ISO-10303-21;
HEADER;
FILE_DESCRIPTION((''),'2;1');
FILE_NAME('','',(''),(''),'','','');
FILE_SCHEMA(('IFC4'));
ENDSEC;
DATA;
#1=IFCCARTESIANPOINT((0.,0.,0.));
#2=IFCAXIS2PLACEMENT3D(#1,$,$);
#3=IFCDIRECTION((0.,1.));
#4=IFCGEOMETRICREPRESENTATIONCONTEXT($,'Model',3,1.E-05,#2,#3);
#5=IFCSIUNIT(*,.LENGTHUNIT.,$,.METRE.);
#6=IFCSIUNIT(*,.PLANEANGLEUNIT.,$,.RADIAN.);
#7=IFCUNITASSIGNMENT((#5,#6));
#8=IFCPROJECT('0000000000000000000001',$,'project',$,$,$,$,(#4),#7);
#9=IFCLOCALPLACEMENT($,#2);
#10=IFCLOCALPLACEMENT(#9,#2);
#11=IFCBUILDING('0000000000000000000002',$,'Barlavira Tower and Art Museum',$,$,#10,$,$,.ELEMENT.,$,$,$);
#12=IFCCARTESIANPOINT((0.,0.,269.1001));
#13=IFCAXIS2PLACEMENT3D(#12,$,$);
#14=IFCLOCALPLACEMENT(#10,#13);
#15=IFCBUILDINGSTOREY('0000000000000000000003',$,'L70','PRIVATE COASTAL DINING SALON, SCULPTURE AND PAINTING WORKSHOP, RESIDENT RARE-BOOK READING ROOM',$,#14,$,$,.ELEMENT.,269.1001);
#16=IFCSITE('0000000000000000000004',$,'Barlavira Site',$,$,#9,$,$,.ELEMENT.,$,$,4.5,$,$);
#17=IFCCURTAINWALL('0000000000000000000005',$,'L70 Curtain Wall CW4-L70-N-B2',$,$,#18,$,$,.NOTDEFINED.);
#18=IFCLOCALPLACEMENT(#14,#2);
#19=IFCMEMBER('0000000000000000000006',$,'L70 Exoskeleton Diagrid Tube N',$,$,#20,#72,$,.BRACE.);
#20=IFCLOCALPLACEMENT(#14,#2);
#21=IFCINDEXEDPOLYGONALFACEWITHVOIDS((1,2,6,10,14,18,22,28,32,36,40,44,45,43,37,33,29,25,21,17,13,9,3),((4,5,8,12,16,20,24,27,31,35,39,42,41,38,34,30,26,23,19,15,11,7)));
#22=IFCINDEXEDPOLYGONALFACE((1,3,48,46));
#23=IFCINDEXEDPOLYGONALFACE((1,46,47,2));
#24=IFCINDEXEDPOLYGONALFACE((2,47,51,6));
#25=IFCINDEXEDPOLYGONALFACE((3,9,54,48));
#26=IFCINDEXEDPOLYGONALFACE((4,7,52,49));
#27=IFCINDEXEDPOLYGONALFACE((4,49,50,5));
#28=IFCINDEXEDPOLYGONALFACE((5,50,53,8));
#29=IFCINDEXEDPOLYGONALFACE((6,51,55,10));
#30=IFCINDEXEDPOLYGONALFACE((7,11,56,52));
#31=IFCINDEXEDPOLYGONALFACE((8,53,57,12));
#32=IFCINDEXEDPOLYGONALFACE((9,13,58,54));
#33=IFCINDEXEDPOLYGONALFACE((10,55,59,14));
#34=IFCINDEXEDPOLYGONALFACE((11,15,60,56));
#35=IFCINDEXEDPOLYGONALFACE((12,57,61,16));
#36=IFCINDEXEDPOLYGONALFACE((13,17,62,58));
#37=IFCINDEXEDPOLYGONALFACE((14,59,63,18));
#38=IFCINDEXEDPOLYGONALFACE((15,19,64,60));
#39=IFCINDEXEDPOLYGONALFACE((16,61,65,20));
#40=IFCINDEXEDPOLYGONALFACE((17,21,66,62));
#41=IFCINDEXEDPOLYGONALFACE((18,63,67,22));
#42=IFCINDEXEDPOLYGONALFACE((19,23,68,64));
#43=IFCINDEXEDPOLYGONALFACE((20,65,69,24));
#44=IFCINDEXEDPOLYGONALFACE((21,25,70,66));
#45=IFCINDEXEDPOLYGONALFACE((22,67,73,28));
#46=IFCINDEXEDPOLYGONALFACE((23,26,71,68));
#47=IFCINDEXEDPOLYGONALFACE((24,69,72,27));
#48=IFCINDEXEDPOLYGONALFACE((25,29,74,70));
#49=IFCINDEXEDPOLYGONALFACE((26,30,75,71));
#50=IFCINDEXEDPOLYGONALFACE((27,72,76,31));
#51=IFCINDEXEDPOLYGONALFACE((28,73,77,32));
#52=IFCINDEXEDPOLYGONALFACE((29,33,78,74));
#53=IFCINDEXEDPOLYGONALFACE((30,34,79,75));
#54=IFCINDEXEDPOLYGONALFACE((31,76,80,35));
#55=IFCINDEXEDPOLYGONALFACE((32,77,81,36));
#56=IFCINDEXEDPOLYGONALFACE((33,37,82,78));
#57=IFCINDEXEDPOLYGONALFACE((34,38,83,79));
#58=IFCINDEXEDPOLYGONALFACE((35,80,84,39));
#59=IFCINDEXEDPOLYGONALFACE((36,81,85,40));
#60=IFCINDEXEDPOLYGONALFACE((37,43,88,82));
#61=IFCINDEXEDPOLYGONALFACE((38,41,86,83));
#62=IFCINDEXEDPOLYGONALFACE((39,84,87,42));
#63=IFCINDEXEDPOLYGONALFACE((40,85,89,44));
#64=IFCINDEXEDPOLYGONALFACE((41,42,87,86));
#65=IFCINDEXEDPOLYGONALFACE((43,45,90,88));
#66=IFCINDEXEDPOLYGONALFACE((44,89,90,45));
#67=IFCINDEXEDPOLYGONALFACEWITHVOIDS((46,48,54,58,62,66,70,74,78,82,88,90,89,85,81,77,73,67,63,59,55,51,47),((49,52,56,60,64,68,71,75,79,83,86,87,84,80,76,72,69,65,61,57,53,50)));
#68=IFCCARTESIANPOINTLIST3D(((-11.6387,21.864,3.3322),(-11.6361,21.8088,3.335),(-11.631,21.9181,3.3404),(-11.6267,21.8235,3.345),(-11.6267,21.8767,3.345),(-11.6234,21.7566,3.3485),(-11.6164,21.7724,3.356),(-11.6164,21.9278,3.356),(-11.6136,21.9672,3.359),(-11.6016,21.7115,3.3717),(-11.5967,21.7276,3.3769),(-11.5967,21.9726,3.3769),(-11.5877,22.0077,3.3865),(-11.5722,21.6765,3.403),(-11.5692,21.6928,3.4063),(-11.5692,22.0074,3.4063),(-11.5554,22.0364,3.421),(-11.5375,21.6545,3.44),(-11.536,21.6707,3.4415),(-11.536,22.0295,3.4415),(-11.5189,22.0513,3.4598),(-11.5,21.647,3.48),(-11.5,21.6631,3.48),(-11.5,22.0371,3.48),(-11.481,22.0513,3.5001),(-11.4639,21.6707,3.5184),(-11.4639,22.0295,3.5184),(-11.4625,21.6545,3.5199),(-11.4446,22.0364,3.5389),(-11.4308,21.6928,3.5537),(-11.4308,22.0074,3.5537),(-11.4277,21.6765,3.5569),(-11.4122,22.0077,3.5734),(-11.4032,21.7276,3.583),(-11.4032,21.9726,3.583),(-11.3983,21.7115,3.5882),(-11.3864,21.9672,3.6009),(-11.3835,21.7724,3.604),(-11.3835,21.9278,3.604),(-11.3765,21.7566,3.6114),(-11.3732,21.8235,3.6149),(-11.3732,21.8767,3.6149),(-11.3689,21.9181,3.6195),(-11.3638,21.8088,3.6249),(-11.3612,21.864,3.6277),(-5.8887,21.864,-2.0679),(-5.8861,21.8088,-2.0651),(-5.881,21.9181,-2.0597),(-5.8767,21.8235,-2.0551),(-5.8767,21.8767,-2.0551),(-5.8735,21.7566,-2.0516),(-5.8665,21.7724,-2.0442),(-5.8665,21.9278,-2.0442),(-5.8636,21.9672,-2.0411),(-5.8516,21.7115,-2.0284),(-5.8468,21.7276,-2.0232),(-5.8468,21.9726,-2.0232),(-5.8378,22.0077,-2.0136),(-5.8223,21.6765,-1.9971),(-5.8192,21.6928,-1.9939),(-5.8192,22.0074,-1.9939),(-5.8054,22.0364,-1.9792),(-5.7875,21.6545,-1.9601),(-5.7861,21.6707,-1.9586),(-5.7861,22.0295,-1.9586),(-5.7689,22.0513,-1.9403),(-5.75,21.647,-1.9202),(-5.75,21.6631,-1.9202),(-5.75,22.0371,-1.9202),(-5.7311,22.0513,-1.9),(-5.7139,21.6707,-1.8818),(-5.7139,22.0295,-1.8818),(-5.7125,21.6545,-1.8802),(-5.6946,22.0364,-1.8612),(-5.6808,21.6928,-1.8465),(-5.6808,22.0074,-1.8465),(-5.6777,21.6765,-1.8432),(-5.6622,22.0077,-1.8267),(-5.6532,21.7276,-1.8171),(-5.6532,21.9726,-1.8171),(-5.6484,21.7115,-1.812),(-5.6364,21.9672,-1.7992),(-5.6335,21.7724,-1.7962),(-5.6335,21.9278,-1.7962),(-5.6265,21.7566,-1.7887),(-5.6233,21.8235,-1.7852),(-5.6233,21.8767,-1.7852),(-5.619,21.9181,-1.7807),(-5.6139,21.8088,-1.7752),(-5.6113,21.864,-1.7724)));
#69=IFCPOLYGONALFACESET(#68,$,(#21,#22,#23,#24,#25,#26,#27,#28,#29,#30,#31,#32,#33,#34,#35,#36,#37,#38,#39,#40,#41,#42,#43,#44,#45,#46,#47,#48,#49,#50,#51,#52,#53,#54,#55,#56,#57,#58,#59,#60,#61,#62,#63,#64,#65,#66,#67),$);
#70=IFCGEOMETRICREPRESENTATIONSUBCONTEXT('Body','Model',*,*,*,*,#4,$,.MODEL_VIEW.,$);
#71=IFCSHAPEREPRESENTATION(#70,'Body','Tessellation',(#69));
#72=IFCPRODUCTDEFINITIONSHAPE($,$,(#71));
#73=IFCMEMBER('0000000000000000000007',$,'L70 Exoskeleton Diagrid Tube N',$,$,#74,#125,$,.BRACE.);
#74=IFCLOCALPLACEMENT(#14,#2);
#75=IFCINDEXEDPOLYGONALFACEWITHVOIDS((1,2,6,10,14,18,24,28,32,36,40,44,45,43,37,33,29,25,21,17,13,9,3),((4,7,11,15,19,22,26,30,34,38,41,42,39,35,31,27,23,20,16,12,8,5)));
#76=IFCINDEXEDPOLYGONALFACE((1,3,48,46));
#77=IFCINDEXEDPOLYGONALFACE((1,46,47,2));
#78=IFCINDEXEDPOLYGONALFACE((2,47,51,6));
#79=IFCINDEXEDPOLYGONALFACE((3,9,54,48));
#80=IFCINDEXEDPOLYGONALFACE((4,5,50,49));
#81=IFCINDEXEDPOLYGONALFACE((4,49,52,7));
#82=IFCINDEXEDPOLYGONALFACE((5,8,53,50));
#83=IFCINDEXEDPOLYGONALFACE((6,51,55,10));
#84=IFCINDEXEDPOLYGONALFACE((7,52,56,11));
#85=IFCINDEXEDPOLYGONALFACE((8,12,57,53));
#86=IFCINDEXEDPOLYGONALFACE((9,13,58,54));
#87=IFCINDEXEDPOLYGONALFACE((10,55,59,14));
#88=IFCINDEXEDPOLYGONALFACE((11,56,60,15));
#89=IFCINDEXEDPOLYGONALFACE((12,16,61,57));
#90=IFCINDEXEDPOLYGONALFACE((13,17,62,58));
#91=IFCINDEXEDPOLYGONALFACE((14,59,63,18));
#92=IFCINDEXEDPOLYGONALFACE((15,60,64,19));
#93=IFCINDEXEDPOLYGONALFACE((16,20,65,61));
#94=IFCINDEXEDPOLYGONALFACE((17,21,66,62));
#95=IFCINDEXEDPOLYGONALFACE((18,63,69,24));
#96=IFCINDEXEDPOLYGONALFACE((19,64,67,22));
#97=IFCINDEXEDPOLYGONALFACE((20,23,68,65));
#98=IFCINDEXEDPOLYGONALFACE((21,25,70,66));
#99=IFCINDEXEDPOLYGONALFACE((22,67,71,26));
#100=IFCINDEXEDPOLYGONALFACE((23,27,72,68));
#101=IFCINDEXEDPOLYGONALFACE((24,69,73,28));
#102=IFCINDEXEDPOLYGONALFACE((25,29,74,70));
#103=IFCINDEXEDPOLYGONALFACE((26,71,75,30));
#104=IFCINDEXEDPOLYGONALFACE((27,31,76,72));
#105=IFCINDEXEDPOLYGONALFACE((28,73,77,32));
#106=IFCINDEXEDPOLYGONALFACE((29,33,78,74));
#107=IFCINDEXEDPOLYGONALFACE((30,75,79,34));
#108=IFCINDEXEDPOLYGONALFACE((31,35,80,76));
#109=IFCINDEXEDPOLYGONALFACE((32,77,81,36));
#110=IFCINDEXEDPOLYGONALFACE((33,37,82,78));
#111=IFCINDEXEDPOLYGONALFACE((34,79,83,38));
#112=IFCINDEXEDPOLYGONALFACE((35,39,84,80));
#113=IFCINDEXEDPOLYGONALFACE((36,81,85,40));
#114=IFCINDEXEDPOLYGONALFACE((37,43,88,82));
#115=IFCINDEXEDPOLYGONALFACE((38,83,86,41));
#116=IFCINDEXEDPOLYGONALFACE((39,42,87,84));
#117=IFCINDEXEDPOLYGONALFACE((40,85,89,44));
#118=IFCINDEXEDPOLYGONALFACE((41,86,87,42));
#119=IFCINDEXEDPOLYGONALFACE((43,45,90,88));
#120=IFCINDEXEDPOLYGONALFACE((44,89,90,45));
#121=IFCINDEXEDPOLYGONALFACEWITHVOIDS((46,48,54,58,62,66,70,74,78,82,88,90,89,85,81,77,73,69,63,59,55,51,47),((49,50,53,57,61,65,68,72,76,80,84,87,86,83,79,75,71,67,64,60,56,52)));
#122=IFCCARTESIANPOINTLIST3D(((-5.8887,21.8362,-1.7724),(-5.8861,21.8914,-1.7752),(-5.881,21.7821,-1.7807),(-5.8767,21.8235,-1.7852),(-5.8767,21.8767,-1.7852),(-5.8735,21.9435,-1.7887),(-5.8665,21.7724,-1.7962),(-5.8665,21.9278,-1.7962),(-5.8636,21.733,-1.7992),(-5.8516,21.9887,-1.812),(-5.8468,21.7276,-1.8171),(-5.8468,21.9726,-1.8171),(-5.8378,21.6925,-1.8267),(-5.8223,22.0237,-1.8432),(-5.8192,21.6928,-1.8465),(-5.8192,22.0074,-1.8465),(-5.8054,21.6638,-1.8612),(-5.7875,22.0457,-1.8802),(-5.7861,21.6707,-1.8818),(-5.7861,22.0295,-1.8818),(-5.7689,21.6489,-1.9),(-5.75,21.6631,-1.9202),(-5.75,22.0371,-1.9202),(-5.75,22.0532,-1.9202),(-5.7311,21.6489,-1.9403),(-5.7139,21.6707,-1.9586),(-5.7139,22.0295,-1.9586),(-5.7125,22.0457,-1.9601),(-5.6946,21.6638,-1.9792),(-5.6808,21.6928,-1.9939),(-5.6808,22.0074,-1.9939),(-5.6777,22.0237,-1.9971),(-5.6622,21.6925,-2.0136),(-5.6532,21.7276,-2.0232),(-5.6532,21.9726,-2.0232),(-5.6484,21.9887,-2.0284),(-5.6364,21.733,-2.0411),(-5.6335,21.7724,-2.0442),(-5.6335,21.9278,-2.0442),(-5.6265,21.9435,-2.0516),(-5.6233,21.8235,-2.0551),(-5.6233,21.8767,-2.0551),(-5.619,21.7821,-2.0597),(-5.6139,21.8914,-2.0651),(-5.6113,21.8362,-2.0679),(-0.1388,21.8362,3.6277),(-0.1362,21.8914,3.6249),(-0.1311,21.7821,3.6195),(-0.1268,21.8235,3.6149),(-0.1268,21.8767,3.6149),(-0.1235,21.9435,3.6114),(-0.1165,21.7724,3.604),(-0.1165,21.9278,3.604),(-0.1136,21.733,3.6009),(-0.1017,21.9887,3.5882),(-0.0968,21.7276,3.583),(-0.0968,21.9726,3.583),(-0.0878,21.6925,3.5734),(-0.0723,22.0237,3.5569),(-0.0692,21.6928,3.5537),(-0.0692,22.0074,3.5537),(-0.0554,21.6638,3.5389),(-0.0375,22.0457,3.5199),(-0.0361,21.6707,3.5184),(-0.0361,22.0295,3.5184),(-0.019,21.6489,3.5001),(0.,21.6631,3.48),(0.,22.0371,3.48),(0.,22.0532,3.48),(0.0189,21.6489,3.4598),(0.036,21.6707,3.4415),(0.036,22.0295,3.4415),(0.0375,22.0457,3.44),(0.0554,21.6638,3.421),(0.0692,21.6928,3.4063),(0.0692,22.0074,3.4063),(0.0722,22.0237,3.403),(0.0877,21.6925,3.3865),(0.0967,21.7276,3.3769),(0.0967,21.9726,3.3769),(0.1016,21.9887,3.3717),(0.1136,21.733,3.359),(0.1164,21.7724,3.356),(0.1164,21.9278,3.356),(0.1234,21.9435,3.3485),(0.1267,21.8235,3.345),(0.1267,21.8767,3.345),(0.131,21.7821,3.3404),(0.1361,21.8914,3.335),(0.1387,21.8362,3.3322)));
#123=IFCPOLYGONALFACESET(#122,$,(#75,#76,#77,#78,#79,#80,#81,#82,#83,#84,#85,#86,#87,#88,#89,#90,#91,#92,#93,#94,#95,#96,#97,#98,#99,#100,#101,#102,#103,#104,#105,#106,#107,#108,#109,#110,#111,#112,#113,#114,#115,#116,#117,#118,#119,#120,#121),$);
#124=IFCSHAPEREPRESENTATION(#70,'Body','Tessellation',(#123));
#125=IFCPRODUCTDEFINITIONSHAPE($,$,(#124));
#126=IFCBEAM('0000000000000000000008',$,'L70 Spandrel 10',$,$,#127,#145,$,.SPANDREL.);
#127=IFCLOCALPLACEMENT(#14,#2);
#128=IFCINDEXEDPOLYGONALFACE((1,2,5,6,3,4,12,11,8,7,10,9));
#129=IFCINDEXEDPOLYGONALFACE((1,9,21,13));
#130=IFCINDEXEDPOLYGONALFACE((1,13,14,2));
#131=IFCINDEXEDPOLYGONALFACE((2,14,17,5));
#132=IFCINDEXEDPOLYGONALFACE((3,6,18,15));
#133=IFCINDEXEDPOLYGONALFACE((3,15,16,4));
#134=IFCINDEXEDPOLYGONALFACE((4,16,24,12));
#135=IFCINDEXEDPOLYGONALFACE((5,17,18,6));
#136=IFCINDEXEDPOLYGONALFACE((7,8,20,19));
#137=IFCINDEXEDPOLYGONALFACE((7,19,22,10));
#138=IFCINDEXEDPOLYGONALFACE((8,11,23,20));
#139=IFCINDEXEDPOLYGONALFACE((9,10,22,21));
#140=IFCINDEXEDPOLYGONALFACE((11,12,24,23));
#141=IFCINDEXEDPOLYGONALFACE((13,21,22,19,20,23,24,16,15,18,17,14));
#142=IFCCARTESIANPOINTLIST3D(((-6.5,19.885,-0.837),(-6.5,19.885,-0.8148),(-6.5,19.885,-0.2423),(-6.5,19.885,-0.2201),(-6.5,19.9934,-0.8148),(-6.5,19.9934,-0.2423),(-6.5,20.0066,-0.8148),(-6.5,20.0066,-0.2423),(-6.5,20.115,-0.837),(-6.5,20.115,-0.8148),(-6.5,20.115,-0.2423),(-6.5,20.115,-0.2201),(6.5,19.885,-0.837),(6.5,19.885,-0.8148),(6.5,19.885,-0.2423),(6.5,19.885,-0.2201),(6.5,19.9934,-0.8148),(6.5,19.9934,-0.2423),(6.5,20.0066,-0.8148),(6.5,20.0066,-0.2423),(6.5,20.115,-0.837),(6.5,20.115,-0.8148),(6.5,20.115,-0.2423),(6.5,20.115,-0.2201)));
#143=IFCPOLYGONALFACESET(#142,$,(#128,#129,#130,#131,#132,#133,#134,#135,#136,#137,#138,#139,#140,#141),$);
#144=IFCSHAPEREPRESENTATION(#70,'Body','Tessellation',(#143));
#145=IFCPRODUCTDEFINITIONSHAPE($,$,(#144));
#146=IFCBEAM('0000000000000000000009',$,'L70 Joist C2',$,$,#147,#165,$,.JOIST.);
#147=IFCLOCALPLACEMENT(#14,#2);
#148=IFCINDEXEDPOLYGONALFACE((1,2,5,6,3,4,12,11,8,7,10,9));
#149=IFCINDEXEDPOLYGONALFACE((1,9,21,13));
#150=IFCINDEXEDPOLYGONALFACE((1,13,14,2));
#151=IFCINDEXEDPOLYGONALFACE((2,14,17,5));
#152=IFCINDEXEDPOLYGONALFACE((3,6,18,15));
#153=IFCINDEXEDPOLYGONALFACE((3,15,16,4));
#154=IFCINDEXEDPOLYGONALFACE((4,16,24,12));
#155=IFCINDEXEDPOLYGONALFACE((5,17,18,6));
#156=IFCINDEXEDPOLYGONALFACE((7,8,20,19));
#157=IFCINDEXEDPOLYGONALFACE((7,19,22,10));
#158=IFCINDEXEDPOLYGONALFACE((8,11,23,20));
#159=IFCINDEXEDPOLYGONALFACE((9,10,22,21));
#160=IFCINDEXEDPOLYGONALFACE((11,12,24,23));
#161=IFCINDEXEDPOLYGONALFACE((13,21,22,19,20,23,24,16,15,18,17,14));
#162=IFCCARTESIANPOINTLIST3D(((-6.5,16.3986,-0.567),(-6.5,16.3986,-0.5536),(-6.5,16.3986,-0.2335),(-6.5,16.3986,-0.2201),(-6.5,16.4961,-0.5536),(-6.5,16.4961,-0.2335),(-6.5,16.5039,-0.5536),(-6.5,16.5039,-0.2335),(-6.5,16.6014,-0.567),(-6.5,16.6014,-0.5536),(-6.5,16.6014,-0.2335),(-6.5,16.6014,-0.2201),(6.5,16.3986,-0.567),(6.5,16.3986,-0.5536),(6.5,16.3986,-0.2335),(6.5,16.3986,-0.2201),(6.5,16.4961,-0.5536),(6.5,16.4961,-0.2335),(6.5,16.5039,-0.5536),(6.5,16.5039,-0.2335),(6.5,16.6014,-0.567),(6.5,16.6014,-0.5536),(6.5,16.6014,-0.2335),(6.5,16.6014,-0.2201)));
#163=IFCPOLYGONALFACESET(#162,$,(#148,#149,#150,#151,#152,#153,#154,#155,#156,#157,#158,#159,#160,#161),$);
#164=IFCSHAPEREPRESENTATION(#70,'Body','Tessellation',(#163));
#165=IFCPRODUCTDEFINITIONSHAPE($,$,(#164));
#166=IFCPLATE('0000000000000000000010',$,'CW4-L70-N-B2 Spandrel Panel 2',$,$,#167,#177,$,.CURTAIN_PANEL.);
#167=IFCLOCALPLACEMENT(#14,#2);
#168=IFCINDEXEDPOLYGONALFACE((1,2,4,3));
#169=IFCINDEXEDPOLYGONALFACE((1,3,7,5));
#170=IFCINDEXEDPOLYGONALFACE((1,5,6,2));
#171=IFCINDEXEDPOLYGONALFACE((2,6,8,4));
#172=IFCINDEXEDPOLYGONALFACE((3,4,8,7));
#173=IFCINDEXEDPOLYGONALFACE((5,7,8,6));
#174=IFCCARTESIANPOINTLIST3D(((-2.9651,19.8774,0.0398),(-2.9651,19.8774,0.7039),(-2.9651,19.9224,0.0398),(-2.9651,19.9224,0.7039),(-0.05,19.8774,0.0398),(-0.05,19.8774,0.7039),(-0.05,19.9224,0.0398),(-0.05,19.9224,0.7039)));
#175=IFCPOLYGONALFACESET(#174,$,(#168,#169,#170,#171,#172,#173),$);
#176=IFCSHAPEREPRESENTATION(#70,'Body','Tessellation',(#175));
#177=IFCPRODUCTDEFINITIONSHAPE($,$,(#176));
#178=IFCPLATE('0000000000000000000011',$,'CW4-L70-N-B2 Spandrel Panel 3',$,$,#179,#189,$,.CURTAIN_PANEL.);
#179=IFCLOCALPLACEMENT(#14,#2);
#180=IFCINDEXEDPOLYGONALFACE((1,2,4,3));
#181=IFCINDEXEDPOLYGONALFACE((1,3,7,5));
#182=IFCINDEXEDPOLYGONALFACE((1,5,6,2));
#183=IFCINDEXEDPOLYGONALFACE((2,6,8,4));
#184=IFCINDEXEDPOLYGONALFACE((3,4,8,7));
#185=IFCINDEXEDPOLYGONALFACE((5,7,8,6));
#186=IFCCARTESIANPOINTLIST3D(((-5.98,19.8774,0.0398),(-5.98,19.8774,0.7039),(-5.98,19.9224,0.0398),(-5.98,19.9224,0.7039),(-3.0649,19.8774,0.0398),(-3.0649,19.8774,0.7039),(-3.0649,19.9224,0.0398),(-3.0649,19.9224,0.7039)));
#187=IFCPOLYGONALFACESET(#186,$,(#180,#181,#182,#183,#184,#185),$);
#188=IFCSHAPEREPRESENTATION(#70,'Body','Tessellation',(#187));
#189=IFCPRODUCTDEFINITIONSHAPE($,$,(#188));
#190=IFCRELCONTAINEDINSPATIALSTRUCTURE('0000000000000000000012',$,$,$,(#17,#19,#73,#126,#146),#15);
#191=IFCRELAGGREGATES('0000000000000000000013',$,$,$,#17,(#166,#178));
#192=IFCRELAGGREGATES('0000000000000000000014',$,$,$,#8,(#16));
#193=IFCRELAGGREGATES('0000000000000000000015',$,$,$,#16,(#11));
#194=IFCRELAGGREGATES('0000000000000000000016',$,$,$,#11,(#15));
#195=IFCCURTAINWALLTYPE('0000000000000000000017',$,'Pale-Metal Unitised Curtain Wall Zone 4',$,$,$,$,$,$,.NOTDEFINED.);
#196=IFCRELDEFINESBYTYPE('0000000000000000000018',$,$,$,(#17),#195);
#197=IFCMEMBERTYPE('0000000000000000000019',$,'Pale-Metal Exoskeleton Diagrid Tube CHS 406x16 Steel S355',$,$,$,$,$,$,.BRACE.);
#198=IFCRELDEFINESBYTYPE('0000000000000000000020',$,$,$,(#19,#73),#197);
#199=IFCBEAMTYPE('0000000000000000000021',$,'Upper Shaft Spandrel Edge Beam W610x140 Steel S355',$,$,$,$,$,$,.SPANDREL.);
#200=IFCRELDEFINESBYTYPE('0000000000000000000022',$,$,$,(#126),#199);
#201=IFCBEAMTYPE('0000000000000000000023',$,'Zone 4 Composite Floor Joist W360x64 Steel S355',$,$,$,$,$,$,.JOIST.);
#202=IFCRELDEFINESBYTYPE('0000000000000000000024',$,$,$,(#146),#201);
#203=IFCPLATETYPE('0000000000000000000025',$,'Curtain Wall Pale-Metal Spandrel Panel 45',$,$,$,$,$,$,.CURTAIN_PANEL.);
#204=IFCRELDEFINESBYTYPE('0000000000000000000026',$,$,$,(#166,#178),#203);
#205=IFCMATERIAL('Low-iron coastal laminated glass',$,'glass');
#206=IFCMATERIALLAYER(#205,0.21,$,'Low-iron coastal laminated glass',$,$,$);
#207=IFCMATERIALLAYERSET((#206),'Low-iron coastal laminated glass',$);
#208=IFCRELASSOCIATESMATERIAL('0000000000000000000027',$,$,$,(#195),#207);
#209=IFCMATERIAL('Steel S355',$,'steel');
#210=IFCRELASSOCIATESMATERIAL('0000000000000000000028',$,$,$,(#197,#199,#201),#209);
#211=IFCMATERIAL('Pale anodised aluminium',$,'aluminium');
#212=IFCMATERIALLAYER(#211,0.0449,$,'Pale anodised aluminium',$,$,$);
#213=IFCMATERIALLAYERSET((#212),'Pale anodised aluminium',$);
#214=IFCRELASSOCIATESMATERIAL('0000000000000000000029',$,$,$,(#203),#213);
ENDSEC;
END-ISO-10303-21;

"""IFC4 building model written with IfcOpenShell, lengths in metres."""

from ifc_helpers import new_model, si_unit, direction, frame, origin, origin_2d, place, context, subcontext, project, spatial, rectangle, hollow_circle, i_section, extrude, material, layer, layer_set, material_profile, profile_set, type_object, element, aggregate, save


model = new_model("IFC4")

# Units and contexts
model_context = context("Model", 3, precision=1e-05, world=origin(), true_north=direction((0.0, 1.0)))
body_context = subcontext(model_context, "Body", "Model", "MODEL_VIEW")
ifc_project = project(units=[si_unit("LENGTHUNIT", "METRE"), si_unit("PLANEANGLEUNIT", "RADIAN")], contexts=[model_context])

# Site, building, storey
site_placement = place(None, origin())
site = spatial("IfcSite", under=ifc_project, at=site_placement, Name="Barlavira Site", CompositionType="ELEMENT", RefElevation=4.5)
building_placement = place(site_placement, origin())
building = spatial("IfcBuilding", under=site, at=building_placement, Name="Barlavira Tower and Art Museum", CompositionType="ELEMENT")
storey_placement = place(building_placement, frame((0.0, 0.0, 269.1001)))
storey = spatial("IfcBuildingStorey", under=building, at=storey_placement, Name="L70", Description="PRIVATE COASTAL DINING SALON, SCULPTURE AND PAINTING WORKSHOP, RESIDENT RARE-BOOK READING ROOM", CompositionType="ELEMENT", Elevation=269.1001)

# Curtain wall
ifc_material_1 = material(Name="Low-iron coastal laminated glass", Category="glass")
ifc_layer_1 = layer(ifc_material_1, 0.21, Name="Low-iron coastal laminated glass")
ifc_layer_set_1 = layer_set([ifc_layer_1], Name="Low-iron coastal laminated glass")
curtain_wall_type = type_object("IfcCurtainWallType", Name="Pale-Metal Unitised Curtain Wall Zone 4", PredefinedType="NOTDEFINED", material=ifc_layer_set_1)
curtain_wall_placement = place(storey_placement, origin())
curtain_wall = element("IfcCurtainWall", 1, at=curtain_wall_placement, inside=storey, type_object=curtain_wall_type, Name="L70 Curtain Wall CW4-L70-N-B2", PredefinedType="NOTDEFINED")
ifc_material_2 = material(Name="Pale anodised aluminium", Category="aluminium")

# Members
ifc_material_3 = material(Name="Steel S355", Category="steel")
ifc_material_profile_1 = material_profile(ifc_material_3, hollow_circle(Radius=0.2031, WallThickness=0.0161, at=origin_2d()), Name="CHS 406.4x16.0")
ifc_profile_set_1 = profile_set([ifc_material_profile_1], Name="Steel S355")
member_type_1 = type_object("IfcMemberType", Name="Pale-Metal Exoskeleton Diagrid Tube CHS 406x16 Steel S355", PredefinedType="BRACE", material=ifc_profile_set_1)
for number, where, z_axis, x_axis, name in (
    (2, (-5.75, 21.8501, -1.9202), (-0.728935, 0.0, 0.684583), (0.0, -1.0, 0.0), "L70 Exoskeleton Diagrid Tube N"),
    (3, (-5.75, 21.8501, -1.9202), (0.728935, 0.0, 0.684583), (0.0, 1.0, 0.0), "L70 Exoskeleton Diagrid Tube N"),
):
    element("IfcMember", number, at=place(storey_placement, frame(where, z_axis=z_axis, x_axis=x_axis)), inside=storey, type_object=member_type_1, Name=name, PredefinedType="BRACE", context=body_context, shape_type="SweptSolid", body=[
        extrude(hollow_circle(Radius=0.2031, WallThickness=0.0161, at=origin_2d()), origin(), (0.0, 0.0, 1.0), 7.8882),
    ])

# Beams
ifc_material_profile_2 = material_profile(ifc_material_3, i_section(OverallWidth=0.23, OverallDepth=0.6169, WebThickness=0.0132, FlangeThickness=0.0222, at=origin_2d()), Name="W610x140.0")
ifc_profile_set_2 = profile_set([ifc_material_profile_2], Name="Steel S355")
beam_type_1 = type_object("IfcBeamType", Name="Upper Shaft Spandrel Edge Beam W610x140 Steel S355", PredefinedType="SPANDREL", material=ifc_profile_set_2)
beam_1_placement = place(storey_placement, frame((-6.5, 20.0, -0.5286), z_axis=(1.0, 0.0, 0.0), x_axis=(0.0, 1.0, 0.0)))
element("IfcBeam", 4, at=beam_1_placement, inside=storey, type_object=beam_type_1, Name="L70 Spandrel 10", PredefinedType="SPANDREL", context=body_context, shape_type="SweptSolid", body=[
    extrude(i_section(OverallWidth=0.23, OverallDepth=0.6169, WebThickness=0.0132, FlangeThickness=0.0222, at=origin_2d()), origin(), (0.0, 0.0, 1.0), 13.0),
])
ifc_material_profile_3 = material_profile(ifc_material_3, i_section(OverallWidth=0.2029, OverallDepth=0.3469, WebThickness=0.0078, FlangeThickness=0.0134, at=origin_2d()), Name="W360x64.0")
ifc_profile_set_3 = profile_set([ifc_material_profile_3], Name="Steel S355")
beam_type_2 = type_object("IfcBeamType", Name="Zone 4 Composite Floor Joist W360x64 Steel S355", PredefinedType="JOIST", material=ifc_profile_set_3)
beam_2_placement = place(storey_placement, frame((-6.5, 16.5, -0.3936), z_axis=(1.0, 0.0, 0.0), x_axis=(0.0, 1.0, 0.0)))
element("IfcBeam", 5, at=beam_2_placement, inside=storey, type_object=beam_type_2, Name="L70 Joist C2", PredefinedType="JOIST", context=body_context, shape_type="SweptSolid", body=[
    extrude(i_section(OverallWidth=0.2029, OverallDepth=0.3469, WebThickness=0.0078, FlangeThickness=0.0134, at=origin_2d()), origin(), (0.0, 0.0, 1.0), 13.0),
])

# Plates
ifc_layer_2 = layer(ifc_material_2, 0.0449, Name="Pale anodised aluminium")
ifc_layer_set_2 = layer_set([ifc_layer_2], Name="Pale anodised aluminium")
plate_type_1 = type_object("IfcPlateType", Name="Curtain Wall Pale-Metal Spandrel Panel 45", PredefinedType="CURTAIN_PANEL", material=ifc_layer_set_2)
plate_1_placement = place(storey_placement, frame((-1.5076, 19.8999, 0.0398), z_axis=(0.0, 0.0, 1.0), x_axis=(-1.0, 0.0, 0.0)))
plate_1 = element("IfcPlate", 6, at=plate_1_placement, type_object=plate_type_1, Name="CW4-L70-N-B2 Spandrel Panel 2", PredefinedType="CURTAIN_PANEL", context=body_context, shape_type="SweptSolid", body=[
    extrude(rectangle(XDim=2.915, YDim=0.0449, at=origin_2d()), origin(), (0.0, 0.0, 1.0), 0.6641),
])
plate_2_placement = place(storey_placement, frame((-4.5225, 19.8999, 0.0398), z_axis=(0.0, 0.0, 1.0), x_axis=(-1.0, 0.0, 0.0)))
plate_2 = element("IfcPlate", 7, at=plate_2_placement, type_object=plate_type_1, Name="CW4-L70-N-B2 Spandrel Panel 3", PredefinedType="CURTAIN_PANEL", context=body_context, shape_type="SweptSolid", body=[
    extrude(rectangle(XDim=2.915, YDim=0.0449, at=origin_2d()), origin(), (0.0, 0.0, 1.0), 0.6641),
])
aggregate(curtain_wall, [plate_1, plate_2])

save(model, "model.ifc")
